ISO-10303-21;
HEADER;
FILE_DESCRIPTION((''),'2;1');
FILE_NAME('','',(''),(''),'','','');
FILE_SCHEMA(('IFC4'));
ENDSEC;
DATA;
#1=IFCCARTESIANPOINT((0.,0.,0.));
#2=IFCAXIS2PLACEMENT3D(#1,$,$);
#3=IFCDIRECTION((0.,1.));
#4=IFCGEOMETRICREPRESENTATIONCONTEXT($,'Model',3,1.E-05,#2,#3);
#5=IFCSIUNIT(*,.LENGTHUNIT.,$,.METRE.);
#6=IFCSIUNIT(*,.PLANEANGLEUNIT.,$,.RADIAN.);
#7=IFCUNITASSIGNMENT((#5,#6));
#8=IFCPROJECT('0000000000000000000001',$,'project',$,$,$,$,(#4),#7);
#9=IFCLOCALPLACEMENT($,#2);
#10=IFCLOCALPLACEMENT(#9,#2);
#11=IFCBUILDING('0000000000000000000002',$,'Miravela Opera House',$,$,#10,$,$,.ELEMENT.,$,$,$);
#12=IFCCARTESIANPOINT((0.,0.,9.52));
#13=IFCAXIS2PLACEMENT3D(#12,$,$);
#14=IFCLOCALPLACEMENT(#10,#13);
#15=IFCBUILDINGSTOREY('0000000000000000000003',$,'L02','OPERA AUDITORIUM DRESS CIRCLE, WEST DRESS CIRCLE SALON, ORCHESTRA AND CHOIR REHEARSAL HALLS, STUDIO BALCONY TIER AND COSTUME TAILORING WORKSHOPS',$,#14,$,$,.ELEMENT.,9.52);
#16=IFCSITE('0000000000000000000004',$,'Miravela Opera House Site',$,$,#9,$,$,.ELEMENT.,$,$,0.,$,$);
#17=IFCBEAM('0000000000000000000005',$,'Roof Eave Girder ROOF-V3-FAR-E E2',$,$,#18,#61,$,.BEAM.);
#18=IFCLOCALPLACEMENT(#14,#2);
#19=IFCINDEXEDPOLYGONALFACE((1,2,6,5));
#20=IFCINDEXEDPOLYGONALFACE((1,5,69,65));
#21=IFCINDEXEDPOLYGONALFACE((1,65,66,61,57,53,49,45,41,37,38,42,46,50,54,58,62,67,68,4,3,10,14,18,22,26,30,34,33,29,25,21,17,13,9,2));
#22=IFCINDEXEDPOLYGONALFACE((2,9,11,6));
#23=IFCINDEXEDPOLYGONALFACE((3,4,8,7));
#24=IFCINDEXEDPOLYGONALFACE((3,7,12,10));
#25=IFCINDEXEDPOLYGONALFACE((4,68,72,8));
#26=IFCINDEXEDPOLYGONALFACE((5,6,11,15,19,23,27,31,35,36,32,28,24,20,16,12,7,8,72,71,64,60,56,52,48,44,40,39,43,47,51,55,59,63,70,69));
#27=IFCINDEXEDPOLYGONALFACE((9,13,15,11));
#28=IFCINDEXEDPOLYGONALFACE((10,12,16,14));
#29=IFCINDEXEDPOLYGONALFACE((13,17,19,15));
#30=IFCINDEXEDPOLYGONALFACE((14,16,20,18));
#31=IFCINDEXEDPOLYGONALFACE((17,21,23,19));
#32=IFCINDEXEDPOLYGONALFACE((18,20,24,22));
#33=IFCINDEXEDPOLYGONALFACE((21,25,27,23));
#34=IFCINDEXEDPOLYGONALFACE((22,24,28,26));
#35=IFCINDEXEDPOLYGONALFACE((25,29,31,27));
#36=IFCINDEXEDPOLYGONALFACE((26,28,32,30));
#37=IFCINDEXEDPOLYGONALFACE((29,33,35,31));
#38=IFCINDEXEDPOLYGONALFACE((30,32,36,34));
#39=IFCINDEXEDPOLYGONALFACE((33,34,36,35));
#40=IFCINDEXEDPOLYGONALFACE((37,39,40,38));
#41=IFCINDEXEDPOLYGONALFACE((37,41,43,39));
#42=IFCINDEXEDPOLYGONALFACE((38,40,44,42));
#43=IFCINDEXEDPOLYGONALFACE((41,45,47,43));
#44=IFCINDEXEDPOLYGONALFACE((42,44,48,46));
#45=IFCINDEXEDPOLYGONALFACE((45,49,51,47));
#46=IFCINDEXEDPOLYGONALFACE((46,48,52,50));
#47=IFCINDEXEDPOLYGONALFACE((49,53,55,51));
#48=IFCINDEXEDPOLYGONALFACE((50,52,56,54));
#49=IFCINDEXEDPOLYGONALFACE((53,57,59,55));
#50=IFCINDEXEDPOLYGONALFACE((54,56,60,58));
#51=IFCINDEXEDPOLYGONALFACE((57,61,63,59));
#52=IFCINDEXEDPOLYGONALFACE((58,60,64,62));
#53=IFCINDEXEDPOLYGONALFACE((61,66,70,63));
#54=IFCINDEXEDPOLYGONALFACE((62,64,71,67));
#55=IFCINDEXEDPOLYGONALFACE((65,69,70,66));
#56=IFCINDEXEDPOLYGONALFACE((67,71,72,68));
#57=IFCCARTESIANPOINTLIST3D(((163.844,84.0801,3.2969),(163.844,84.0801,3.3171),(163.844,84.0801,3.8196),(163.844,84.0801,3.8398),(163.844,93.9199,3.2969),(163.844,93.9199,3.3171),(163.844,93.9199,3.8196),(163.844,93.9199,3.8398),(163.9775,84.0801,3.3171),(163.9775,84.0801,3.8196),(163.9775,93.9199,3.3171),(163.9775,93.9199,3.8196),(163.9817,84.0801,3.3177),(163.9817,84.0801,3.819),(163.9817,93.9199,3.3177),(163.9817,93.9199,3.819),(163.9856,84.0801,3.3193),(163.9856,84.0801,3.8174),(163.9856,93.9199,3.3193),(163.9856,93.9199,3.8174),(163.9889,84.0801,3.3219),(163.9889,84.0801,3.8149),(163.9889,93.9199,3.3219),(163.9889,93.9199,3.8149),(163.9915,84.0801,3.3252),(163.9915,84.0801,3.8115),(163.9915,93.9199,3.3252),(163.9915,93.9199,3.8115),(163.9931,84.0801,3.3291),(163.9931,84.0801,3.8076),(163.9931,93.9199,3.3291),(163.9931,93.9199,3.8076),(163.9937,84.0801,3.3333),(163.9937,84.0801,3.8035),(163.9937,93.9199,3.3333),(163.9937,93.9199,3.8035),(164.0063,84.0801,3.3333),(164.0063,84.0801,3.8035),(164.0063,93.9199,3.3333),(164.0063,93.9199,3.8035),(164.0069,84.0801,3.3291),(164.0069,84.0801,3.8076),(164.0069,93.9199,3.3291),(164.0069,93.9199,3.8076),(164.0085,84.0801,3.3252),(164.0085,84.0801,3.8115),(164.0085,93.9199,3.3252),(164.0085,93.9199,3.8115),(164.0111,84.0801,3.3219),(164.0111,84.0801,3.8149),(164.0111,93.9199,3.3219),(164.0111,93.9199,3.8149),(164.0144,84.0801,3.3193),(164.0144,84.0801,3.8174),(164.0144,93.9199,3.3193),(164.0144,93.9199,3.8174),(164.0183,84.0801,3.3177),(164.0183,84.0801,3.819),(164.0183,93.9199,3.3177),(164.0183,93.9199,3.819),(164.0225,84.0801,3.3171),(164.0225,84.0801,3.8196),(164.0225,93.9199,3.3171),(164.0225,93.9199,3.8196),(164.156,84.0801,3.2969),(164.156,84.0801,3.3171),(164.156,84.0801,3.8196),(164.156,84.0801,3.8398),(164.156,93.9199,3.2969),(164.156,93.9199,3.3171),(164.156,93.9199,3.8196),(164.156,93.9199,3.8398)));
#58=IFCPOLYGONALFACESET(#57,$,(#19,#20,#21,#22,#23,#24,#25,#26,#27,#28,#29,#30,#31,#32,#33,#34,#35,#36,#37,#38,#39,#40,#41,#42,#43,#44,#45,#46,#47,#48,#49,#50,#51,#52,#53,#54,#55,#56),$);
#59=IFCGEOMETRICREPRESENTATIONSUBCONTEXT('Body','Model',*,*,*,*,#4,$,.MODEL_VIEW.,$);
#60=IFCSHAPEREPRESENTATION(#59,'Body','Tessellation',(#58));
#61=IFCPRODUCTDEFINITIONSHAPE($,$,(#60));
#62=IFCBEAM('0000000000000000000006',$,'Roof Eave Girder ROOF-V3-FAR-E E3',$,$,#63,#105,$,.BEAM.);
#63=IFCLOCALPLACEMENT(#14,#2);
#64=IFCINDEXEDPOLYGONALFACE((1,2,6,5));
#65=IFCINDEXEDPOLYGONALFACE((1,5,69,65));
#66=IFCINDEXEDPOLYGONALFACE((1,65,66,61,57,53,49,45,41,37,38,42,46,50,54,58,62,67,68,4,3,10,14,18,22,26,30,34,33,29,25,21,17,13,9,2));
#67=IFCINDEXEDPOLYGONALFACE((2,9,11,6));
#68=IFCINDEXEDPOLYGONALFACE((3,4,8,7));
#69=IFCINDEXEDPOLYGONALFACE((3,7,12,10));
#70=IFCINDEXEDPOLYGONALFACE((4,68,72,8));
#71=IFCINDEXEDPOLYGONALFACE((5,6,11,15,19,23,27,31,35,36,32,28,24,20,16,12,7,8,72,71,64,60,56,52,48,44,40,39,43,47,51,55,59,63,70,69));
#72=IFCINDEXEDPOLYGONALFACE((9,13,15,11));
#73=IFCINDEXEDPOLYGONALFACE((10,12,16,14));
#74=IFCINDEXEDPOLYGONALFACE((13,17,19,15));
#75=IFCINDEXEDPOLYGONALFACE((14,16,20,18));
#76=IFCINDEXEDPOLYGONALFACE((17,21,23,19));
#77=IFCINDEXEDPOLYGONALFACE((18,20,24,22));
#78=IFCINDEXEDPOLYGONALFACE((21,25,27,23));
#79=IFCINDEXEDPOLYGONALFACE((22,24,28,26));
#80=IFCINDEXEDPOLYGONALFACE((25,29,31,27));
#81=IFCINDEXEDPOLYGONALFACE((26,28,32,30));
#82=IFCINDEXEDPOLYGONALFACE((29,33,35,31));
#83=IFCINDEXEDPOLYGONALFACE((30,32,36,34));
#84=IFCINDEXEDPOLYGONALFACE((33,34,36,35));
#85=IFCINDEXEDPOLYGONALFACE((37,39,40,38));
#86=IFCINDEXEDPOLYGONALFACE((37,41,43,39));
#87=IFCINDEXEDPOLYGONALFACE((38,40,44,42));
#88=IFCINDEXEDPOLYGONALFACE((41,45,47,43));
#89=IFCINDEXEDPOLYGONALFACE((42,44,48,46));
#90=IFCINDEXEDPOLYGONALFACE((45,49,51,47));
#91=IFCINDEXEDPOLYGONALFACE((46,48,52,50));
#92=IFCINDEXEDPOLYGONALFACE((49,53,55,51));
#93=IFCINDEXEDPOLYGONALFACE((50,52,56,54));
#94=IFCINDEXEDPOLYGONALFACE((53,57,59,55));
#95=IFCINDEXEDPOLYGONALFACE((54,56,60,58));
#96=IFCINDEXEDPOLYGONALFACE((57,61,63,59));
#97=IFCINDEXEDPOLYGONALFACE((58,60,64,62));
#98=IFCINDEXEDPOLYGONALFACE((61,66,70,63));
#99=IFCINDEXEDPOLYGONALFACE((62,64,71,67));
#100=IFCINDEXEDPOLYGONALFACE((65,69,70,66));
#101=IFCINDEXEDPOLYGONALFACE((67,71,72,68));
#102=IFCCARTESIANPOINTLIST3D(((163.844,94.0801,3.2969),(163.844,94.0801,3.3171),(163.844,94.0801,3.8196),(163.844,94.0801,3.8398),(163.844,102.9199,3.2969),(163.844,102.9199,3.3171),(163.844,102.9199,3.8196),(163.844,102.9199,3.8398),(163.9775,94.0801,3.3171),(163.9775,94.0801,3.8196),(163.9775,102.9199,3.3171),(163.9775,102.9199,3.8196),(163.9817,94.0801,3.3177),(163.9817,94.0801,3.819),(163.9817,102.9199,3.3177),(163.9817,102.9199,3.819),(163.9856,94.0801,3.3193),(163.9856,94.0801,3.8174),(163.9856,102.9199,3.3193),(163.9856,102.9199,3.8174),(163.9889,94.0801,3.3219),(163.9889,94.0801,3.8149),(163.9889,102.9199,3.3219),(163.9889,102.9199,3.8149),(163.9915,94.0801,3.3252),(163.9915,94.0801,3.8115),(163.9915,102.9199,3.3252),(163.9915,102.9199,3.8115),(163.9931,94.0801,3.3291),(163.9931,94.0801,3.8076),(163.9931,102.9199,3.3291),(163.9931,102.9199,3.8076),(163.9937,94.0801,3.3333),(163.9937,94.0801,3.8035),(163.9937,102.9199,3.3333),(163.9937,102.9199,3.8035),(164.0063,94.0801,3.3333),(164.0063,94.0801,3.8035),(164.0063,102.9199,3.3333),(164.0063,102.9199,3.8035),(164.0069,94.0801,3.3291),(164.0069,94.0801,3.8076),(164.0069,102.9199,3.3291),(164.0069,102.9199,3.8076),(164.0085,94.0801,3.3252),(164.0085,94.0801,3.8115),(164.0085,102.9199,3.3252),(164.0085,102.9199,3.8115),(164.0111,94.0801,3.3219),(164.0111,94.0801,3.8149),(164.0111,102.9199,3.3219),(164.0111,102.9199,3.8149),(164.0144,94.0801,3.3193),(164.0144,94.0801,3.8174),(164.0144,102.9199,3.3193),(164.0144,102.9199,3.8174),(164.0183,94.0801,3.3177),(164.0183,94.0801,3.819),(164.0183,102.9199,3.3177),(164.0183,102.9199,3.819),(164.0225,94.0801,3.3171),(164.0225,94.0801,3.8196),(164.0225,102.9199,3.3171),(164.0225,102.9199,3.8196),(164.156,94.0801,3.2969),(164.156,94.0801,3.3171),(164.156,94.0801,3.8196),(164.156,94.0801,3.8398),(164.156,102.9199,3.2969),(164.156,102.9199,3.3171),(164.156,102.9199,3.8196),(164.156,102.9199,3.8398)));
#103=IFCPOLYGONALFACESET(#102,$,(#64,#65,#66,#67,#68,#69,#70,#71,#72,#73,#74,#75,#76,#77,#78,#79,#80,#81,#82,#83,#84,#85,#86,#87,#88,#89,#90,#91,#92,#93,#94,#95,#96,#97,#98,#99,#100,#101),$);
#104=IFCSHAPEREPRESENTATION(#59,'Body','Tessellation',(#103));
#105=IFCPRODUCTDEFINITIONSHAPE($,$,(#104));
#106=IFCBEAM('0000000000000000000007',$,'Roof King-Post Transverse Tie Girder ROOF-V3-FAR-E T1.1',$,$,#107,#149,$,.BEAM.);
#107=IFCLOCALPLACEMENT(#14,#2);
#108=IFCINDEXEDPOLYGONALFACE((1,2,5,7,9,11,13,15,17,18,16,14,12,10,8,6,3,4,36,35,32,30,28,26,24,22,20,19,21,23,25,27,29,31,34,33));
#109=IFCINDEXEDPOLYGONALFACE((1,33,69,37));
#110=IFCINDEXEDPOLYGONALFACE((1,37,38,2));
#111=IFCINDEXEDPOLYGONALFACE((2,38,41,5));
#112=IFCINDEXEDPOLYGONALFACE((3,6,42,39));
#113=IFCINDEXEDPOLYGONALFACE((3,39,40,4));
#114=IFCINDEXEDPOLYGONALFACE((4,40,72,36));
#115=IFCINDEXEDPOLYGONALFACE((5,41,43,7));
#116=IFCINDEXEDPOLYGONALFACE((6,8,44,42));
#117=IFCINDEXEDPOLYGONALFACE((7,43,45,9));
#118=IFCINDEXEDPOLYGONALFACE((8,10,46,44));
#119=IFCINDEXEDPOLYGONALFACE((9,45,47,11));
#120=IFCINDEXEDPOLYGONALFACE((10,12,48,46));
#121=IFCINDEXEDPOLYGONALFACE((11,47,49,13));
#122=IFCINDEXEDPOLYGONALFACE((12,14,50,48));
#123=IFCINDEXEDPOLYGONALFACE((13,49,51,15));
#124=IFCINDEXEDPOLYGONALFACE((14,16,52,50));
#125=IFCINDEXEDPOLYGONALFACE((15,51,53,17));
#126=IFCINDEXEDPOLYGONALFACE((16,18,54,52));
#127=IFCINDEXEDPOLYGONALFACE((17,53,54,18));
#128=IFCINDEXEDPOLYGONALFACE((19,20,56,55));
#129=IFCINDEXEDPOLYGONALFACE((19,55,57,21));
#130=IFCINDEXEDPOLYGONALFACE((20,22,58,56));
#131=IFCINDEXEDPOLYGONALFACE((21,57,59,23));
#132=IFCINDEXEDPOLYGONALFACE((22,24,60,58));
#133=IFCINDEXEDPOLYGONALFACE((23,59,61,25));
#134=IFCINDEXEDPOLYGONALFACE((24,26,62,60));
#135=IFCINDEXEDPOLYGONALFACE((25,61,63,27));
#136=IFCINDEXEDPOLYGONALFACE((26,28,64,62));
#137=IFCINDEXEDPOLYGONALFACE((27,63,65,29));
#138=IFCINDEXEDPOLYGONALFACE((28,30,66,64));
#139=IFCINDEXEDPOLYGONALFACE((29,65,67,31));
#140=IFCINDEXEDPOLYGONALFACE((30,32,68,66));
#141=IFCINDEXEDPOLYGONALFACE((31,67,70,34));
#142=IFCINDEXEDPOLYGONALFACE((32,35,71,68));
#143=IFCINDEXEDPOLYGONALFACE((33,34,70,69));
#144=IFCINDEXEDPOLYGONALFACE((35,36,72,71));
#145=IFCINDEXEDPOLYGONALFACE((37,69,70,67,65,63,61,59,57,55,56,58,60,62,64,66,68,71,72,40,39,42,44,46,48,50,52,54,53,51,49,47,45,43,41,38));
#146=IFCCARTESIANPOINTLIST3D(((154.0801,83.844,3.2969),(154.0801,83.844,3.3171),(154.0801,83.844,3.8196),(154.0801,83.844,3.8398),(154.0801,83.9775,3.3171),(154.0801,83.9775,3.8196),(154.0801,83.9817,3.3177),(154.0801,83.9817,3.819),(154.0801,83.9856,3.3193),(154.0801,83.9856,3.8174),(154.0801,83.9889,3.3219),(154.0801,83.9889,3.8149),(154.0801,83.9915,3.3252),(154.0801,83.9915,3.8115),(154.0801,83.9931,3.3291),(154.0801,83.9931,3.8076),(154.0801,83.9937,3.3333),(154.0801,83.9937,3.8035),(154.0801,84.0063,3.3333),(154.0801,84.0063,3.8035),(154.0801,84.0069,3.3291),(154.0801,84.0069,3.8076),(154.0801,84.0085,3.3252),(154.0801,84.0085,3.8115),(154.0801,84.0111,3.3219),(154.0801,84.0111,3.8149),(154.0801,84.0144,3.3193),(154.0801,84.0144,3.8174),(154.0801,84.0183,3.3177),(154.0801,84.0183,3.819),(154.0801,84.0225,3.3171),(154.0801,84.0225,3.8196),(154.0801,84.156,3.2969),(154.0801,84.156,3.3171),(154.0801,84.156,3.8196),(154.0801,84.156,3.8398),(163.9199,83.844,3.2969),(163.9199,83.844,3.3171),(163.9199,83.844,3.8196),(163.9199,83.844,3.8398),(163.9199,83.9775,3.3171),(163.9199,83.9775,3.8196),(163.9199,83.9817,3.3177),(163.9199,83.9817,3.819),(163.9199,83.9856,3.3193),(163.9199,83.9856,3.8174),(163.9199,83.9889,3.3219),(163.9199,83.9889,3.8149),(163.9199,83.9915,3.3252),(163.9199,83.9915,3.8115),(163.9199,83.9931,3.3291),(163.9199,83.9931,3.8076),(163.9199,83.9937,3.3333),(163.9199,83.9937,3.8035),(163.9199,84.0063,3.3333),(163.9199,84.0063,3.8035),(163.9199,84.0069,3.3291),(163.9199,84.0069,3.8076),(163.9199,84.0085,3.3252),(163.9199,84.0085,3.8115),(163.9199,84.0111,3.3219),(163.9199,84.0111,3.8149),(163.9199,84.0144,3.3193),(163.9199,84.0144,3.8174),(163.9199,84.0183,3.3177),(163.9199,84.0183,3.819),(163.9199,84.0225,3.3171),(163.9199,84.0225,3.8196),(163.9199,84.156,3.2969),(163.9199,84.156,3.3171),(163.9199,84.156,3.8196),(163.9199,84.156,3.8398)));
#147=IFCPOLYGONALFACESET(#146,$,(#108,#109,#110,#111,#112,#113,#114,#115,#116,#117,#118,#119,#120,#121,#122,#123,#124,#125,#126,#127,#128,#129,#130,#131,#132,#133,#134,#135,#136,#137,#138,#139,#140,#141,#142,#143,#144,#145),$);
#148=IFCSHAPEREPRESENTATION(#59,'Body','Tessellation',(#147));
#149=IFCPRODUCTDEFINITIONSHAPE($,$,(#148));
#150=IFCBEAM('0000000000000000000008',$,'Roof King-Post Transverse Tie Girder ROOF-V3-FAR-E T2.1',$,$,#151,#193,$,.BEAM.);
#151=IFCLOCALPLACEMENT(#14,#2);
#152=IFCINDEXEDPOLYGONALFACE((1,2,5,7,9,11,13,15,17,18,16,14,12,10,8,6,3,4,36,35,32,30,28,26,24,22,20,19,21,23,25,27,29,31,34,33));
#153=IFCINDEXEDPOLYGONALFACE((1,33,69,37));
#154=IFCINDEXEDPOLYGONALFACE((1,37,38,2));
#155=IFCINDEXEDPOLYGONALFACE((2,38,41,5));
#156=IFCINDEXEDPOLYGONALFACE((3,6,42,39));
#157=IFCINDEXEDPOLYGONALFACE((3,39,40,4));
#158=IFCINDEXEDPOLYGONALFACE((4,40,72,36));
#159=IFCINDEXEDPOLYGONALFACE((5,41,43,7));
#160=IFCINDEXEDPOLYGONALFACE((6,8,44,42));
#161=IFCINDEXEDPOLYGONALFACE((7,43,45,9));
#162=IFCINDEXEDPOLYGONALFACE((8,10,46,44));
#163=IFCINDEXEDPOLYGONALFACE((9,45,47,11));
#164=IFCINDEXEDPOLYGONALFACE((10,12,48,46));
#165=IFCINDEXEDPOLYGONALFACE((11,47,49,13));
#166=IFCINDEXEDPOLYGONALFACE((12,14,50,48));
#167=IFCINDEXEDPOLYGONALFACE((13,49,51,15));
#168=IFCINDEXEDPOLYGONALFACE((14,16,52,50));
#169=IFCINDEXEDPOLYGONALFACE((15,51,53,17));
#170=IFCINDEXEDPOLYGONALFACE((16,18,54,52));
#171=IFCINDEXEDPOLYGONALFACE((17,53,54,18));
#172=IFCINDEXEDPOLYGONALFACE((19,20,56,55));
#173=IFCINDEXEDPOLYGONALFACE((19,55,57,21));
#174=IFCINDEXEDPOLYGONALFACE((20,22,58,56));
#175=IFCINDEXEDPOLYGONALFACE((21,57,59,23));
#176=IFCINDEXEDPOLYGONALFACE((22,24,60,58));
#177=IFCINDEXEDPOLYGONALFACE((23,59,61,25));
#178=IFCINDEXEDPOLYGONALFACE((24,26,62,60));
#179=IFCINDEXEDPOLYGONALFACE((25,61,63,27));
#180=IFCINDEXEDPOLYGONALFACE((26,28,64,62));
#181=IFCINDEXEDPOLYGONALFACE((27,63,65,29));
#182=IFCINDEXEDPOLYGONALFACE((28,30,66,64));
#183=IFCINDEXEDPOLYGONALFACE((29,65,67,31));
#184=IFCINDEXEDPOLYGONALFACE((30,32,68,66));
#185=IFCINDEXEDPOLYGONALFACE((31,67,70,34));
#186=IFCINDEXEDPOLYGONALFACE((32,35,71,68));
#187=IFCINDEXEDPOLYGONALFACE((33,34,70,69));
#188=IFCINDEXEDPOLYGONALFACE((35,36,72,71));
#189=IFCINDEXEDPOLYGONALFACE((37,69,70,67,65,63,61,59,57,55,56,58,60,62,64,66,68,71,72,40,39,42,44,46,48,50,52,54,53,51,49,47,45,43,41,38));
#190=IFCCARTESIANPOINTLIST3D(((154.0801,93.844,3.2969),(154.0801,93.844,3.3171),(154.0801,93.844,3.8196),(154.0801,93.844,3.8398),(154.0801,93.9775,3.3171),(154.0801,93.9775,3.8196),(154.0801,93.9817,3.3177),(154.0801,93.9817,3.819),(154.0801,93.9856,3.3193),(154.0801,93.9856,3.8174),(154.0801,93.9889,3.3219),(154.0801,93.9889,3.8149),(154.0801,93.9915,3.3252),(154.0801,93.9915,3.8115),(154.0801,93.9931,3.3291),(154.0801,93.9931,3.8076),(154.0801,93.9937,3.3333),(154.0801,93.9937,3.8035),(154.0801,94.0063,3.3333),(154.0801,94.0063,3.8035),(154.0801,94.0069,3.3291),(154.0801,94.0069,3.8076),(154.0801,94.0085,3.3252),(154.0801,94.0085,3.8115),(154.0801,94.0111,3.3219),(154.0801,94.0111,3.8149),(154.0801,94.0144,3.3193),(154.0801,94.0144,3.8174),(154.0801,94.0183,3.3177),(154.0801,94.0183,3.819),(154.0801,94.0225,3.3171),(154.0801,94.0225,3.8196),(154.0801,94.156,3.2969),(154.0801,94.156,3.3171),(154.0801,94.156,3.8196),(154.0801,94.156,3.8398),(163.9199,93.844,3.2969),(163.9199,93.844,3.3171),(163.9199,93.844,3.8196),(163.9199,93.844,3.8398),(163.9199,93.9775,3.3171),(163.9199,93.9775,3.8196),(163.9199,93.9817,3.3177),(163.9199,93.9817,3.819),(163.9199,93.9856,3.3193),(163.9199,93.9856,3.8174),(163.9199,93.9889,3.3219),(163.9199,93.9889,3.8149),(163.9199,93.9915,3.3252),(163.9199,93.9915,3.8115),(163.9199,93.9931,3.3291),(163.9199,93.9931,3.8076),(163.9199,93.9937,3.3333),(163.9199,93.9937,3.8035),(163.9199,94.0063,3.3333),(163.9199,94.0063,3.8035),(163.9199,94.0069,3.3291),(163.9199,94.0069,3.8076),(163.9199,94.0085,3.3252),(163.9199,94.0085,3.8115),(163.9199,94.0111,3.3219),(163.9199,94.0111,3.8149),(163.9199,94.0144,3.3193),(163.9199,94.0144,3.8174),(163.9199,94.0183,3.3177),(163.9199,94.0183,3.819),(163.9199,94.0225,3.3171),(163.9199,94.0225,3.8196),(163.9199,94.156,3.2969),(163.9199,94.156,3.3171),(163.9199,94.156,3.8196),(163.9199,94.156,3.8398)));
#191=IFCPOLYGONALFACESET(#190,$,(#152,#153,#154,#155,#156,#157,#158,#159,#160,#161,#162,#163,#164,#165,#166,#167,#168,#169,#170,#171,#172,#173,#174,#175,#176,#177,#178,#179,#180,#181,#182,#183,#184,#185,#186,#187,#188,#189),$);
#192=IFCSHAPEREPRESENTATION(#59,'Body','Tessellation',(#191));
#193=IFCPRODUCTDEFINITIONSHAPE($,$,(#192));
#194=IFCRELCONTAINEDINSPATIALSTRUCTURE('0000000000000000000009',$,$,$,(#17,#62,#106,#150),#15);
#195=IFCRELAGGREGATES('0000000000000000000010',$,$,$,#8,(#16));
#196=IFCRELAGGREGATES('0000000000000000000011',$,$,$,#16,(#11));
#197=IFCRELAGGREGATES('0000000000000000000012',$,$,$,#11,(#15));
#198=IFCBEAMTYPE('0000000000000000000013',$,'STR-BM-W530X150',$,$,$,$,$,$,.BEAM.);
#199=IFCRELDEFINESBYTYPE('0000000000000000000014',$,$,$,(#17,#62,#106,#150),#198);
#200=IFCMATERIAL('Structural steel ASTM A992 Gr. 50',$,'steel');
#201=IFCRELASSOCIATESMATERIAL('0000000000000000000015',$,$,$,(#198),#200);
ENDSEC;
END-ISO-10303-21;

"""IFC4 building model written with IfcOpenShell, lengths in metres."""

from ifc_helpers import new_model, si_unit, direction, frame, origin, origin_2d, place, context, subcontext, project, spatial, i_section, extrude, material, material_profile, profile_set, type_object, element, save


model = new_model("IFC4")

# Units and contexts
model_context = context("Model", 3, precision=1e-05, world=origin(), true_north=direction((0.0, 1.0)))
body_context = subcontext(model_context, "Body", "Model", "MODEL_VIEW")
ifc_project = project(units=[si_unit("LENGTHUNIT", "METRE"), si_unit("PLANEANGLEUNIT", "RADIAN")], contexts=[model_context])

# Site, building, storey
site_placement = place(None, origin())
site = spatial("IfcSite", under=ifc_project, at=site_placement, Name="Miravela Opera House Site", CompositionType="ELEMENT", RefElevation=0.0)
building_placement = place(site_placement, origin())
building = spatial("IfcBuilding", under=site, at=building_placement, Name="Miravela Opera House", CompositionType="ELEMENT")
storey_placement = place(building_placement, frame((0.0, 0.0, 9.52)))
storey = spatial("IfcBuildingStorey", under=building, at=storey_placement, Name="L02", Description="OPERA AUDITORIUM DRESS CIRCLE, WEST DRESS CIRCLE SALON, ORCHESTRA AND CHOIR REHEARSAL HALLS, STUDIO BALCONY TIER AND COSTUME TAILORING WORKSHOPS", CompositionType="ELEMENT", Elevation=9.52)

# Beams
ifc_material_1 = material(Name="Structural steel ASTM A992 Gr. 50", Category="steel")
ifc_material_profile_1 = material_profile(ifc_material_1, i_section(OverallWidth=0.312, OverallDepth=0.543, WebThickness=0.0127, FlangeThickness=0.0203, FilletRadius=0.0161, at=origin_2d()), Name="W530X150")
ifc_profile_set_1 = profile_set([ifc_material_profile_1])
beam_type_1 = type_object("IfcBeamType", Name="STR-BM-W530X150", PredefinedType="BEAM", material=ifc_profile_set_1)
beam_1_placement = place(storey_placement, frame((164.0, 84.0801, 3.5684), z_axis=(0.0, 1.0, 0.0), x_axis=(-1.0, 0.0, 0.0)))
element("IfcBeam", 1, at=beam_1_placement, inside=storey, type_object=beam_type_1, Name="Roof Eave Girder ROOF-V3-FAR-E E2", PredefinedType="BEAM", context=body_context, shape_type="SweptSolid", body=[
    extrude(i_section(OverallWidth=0.312, OverallDepth=0.543, WebThickness=0.0127, FlangeThickness=0.0203, FilletRadius=0.0161, at=origin_2d()), origin(), (0.0, 0.0, 1.0), 9.8398),
])
beam_2_placement = place(storey_placement, frame((164.0, 94.0801, 3.5684), z_axis=(0.0, 1.0, 0.0), x_axis=(-1.0, 0.0, 0.0)))
element("IfcBeam", 2, at=beam_2_placement, inside=storey, type_object=beam_type_1, Name="Roof Eave Girder ROOF-V3-FAR-E E3", PredefinedType="BEAM", context=body_context, shape_type="SweptSolid", body=[
    extrude(i_section(OverallWidth=0.312, OverallDepth=0.543, WebThickness=0.0127, FlangeThickness=0.0203, FilletRadius=0.0161, at=origin_2d()), origin(), (0.0, 0.0, 1.0), 8.8398),
])
for number, where, z_axis, x_axis, name in (
    (3, (154.0801, 84.0, 3.5684), (1.0, 0.0, 0.0), (0.0, 1.0, 0.0), "Roof King-Post Transverse Tie Girder ROOF-V3-FAR-E T1.1"),
    (4, (154.0801, 94.0, 3.5684), (1.0, 0.0, 0.0), (0.0, 1.0, 0.0), "Roof King-Post Transverse Tie Girder ROOF-V3-FAR-E T2.1"),
):
    element("IfcBeam", number, at=place(storey_placement, frame(where, z_axis=z_axis, x_axis=x_axis)), inside=storey, type_object=beam_type_1, Name=name, PredefinedType="BEAM", context=body_context, shape_type="SweptSolid", body=[
        extrude(i_section(OverallWidth=0.312, OverallDepth=0.543, WebThickness=0.0127, FlangeThickness=0.0203, FilletRadius=0.0161, at=origin_2d()), origin(), (0.0, 0.0, 1.0), 9.8398),
    ])

save(model, "model.ifc")
